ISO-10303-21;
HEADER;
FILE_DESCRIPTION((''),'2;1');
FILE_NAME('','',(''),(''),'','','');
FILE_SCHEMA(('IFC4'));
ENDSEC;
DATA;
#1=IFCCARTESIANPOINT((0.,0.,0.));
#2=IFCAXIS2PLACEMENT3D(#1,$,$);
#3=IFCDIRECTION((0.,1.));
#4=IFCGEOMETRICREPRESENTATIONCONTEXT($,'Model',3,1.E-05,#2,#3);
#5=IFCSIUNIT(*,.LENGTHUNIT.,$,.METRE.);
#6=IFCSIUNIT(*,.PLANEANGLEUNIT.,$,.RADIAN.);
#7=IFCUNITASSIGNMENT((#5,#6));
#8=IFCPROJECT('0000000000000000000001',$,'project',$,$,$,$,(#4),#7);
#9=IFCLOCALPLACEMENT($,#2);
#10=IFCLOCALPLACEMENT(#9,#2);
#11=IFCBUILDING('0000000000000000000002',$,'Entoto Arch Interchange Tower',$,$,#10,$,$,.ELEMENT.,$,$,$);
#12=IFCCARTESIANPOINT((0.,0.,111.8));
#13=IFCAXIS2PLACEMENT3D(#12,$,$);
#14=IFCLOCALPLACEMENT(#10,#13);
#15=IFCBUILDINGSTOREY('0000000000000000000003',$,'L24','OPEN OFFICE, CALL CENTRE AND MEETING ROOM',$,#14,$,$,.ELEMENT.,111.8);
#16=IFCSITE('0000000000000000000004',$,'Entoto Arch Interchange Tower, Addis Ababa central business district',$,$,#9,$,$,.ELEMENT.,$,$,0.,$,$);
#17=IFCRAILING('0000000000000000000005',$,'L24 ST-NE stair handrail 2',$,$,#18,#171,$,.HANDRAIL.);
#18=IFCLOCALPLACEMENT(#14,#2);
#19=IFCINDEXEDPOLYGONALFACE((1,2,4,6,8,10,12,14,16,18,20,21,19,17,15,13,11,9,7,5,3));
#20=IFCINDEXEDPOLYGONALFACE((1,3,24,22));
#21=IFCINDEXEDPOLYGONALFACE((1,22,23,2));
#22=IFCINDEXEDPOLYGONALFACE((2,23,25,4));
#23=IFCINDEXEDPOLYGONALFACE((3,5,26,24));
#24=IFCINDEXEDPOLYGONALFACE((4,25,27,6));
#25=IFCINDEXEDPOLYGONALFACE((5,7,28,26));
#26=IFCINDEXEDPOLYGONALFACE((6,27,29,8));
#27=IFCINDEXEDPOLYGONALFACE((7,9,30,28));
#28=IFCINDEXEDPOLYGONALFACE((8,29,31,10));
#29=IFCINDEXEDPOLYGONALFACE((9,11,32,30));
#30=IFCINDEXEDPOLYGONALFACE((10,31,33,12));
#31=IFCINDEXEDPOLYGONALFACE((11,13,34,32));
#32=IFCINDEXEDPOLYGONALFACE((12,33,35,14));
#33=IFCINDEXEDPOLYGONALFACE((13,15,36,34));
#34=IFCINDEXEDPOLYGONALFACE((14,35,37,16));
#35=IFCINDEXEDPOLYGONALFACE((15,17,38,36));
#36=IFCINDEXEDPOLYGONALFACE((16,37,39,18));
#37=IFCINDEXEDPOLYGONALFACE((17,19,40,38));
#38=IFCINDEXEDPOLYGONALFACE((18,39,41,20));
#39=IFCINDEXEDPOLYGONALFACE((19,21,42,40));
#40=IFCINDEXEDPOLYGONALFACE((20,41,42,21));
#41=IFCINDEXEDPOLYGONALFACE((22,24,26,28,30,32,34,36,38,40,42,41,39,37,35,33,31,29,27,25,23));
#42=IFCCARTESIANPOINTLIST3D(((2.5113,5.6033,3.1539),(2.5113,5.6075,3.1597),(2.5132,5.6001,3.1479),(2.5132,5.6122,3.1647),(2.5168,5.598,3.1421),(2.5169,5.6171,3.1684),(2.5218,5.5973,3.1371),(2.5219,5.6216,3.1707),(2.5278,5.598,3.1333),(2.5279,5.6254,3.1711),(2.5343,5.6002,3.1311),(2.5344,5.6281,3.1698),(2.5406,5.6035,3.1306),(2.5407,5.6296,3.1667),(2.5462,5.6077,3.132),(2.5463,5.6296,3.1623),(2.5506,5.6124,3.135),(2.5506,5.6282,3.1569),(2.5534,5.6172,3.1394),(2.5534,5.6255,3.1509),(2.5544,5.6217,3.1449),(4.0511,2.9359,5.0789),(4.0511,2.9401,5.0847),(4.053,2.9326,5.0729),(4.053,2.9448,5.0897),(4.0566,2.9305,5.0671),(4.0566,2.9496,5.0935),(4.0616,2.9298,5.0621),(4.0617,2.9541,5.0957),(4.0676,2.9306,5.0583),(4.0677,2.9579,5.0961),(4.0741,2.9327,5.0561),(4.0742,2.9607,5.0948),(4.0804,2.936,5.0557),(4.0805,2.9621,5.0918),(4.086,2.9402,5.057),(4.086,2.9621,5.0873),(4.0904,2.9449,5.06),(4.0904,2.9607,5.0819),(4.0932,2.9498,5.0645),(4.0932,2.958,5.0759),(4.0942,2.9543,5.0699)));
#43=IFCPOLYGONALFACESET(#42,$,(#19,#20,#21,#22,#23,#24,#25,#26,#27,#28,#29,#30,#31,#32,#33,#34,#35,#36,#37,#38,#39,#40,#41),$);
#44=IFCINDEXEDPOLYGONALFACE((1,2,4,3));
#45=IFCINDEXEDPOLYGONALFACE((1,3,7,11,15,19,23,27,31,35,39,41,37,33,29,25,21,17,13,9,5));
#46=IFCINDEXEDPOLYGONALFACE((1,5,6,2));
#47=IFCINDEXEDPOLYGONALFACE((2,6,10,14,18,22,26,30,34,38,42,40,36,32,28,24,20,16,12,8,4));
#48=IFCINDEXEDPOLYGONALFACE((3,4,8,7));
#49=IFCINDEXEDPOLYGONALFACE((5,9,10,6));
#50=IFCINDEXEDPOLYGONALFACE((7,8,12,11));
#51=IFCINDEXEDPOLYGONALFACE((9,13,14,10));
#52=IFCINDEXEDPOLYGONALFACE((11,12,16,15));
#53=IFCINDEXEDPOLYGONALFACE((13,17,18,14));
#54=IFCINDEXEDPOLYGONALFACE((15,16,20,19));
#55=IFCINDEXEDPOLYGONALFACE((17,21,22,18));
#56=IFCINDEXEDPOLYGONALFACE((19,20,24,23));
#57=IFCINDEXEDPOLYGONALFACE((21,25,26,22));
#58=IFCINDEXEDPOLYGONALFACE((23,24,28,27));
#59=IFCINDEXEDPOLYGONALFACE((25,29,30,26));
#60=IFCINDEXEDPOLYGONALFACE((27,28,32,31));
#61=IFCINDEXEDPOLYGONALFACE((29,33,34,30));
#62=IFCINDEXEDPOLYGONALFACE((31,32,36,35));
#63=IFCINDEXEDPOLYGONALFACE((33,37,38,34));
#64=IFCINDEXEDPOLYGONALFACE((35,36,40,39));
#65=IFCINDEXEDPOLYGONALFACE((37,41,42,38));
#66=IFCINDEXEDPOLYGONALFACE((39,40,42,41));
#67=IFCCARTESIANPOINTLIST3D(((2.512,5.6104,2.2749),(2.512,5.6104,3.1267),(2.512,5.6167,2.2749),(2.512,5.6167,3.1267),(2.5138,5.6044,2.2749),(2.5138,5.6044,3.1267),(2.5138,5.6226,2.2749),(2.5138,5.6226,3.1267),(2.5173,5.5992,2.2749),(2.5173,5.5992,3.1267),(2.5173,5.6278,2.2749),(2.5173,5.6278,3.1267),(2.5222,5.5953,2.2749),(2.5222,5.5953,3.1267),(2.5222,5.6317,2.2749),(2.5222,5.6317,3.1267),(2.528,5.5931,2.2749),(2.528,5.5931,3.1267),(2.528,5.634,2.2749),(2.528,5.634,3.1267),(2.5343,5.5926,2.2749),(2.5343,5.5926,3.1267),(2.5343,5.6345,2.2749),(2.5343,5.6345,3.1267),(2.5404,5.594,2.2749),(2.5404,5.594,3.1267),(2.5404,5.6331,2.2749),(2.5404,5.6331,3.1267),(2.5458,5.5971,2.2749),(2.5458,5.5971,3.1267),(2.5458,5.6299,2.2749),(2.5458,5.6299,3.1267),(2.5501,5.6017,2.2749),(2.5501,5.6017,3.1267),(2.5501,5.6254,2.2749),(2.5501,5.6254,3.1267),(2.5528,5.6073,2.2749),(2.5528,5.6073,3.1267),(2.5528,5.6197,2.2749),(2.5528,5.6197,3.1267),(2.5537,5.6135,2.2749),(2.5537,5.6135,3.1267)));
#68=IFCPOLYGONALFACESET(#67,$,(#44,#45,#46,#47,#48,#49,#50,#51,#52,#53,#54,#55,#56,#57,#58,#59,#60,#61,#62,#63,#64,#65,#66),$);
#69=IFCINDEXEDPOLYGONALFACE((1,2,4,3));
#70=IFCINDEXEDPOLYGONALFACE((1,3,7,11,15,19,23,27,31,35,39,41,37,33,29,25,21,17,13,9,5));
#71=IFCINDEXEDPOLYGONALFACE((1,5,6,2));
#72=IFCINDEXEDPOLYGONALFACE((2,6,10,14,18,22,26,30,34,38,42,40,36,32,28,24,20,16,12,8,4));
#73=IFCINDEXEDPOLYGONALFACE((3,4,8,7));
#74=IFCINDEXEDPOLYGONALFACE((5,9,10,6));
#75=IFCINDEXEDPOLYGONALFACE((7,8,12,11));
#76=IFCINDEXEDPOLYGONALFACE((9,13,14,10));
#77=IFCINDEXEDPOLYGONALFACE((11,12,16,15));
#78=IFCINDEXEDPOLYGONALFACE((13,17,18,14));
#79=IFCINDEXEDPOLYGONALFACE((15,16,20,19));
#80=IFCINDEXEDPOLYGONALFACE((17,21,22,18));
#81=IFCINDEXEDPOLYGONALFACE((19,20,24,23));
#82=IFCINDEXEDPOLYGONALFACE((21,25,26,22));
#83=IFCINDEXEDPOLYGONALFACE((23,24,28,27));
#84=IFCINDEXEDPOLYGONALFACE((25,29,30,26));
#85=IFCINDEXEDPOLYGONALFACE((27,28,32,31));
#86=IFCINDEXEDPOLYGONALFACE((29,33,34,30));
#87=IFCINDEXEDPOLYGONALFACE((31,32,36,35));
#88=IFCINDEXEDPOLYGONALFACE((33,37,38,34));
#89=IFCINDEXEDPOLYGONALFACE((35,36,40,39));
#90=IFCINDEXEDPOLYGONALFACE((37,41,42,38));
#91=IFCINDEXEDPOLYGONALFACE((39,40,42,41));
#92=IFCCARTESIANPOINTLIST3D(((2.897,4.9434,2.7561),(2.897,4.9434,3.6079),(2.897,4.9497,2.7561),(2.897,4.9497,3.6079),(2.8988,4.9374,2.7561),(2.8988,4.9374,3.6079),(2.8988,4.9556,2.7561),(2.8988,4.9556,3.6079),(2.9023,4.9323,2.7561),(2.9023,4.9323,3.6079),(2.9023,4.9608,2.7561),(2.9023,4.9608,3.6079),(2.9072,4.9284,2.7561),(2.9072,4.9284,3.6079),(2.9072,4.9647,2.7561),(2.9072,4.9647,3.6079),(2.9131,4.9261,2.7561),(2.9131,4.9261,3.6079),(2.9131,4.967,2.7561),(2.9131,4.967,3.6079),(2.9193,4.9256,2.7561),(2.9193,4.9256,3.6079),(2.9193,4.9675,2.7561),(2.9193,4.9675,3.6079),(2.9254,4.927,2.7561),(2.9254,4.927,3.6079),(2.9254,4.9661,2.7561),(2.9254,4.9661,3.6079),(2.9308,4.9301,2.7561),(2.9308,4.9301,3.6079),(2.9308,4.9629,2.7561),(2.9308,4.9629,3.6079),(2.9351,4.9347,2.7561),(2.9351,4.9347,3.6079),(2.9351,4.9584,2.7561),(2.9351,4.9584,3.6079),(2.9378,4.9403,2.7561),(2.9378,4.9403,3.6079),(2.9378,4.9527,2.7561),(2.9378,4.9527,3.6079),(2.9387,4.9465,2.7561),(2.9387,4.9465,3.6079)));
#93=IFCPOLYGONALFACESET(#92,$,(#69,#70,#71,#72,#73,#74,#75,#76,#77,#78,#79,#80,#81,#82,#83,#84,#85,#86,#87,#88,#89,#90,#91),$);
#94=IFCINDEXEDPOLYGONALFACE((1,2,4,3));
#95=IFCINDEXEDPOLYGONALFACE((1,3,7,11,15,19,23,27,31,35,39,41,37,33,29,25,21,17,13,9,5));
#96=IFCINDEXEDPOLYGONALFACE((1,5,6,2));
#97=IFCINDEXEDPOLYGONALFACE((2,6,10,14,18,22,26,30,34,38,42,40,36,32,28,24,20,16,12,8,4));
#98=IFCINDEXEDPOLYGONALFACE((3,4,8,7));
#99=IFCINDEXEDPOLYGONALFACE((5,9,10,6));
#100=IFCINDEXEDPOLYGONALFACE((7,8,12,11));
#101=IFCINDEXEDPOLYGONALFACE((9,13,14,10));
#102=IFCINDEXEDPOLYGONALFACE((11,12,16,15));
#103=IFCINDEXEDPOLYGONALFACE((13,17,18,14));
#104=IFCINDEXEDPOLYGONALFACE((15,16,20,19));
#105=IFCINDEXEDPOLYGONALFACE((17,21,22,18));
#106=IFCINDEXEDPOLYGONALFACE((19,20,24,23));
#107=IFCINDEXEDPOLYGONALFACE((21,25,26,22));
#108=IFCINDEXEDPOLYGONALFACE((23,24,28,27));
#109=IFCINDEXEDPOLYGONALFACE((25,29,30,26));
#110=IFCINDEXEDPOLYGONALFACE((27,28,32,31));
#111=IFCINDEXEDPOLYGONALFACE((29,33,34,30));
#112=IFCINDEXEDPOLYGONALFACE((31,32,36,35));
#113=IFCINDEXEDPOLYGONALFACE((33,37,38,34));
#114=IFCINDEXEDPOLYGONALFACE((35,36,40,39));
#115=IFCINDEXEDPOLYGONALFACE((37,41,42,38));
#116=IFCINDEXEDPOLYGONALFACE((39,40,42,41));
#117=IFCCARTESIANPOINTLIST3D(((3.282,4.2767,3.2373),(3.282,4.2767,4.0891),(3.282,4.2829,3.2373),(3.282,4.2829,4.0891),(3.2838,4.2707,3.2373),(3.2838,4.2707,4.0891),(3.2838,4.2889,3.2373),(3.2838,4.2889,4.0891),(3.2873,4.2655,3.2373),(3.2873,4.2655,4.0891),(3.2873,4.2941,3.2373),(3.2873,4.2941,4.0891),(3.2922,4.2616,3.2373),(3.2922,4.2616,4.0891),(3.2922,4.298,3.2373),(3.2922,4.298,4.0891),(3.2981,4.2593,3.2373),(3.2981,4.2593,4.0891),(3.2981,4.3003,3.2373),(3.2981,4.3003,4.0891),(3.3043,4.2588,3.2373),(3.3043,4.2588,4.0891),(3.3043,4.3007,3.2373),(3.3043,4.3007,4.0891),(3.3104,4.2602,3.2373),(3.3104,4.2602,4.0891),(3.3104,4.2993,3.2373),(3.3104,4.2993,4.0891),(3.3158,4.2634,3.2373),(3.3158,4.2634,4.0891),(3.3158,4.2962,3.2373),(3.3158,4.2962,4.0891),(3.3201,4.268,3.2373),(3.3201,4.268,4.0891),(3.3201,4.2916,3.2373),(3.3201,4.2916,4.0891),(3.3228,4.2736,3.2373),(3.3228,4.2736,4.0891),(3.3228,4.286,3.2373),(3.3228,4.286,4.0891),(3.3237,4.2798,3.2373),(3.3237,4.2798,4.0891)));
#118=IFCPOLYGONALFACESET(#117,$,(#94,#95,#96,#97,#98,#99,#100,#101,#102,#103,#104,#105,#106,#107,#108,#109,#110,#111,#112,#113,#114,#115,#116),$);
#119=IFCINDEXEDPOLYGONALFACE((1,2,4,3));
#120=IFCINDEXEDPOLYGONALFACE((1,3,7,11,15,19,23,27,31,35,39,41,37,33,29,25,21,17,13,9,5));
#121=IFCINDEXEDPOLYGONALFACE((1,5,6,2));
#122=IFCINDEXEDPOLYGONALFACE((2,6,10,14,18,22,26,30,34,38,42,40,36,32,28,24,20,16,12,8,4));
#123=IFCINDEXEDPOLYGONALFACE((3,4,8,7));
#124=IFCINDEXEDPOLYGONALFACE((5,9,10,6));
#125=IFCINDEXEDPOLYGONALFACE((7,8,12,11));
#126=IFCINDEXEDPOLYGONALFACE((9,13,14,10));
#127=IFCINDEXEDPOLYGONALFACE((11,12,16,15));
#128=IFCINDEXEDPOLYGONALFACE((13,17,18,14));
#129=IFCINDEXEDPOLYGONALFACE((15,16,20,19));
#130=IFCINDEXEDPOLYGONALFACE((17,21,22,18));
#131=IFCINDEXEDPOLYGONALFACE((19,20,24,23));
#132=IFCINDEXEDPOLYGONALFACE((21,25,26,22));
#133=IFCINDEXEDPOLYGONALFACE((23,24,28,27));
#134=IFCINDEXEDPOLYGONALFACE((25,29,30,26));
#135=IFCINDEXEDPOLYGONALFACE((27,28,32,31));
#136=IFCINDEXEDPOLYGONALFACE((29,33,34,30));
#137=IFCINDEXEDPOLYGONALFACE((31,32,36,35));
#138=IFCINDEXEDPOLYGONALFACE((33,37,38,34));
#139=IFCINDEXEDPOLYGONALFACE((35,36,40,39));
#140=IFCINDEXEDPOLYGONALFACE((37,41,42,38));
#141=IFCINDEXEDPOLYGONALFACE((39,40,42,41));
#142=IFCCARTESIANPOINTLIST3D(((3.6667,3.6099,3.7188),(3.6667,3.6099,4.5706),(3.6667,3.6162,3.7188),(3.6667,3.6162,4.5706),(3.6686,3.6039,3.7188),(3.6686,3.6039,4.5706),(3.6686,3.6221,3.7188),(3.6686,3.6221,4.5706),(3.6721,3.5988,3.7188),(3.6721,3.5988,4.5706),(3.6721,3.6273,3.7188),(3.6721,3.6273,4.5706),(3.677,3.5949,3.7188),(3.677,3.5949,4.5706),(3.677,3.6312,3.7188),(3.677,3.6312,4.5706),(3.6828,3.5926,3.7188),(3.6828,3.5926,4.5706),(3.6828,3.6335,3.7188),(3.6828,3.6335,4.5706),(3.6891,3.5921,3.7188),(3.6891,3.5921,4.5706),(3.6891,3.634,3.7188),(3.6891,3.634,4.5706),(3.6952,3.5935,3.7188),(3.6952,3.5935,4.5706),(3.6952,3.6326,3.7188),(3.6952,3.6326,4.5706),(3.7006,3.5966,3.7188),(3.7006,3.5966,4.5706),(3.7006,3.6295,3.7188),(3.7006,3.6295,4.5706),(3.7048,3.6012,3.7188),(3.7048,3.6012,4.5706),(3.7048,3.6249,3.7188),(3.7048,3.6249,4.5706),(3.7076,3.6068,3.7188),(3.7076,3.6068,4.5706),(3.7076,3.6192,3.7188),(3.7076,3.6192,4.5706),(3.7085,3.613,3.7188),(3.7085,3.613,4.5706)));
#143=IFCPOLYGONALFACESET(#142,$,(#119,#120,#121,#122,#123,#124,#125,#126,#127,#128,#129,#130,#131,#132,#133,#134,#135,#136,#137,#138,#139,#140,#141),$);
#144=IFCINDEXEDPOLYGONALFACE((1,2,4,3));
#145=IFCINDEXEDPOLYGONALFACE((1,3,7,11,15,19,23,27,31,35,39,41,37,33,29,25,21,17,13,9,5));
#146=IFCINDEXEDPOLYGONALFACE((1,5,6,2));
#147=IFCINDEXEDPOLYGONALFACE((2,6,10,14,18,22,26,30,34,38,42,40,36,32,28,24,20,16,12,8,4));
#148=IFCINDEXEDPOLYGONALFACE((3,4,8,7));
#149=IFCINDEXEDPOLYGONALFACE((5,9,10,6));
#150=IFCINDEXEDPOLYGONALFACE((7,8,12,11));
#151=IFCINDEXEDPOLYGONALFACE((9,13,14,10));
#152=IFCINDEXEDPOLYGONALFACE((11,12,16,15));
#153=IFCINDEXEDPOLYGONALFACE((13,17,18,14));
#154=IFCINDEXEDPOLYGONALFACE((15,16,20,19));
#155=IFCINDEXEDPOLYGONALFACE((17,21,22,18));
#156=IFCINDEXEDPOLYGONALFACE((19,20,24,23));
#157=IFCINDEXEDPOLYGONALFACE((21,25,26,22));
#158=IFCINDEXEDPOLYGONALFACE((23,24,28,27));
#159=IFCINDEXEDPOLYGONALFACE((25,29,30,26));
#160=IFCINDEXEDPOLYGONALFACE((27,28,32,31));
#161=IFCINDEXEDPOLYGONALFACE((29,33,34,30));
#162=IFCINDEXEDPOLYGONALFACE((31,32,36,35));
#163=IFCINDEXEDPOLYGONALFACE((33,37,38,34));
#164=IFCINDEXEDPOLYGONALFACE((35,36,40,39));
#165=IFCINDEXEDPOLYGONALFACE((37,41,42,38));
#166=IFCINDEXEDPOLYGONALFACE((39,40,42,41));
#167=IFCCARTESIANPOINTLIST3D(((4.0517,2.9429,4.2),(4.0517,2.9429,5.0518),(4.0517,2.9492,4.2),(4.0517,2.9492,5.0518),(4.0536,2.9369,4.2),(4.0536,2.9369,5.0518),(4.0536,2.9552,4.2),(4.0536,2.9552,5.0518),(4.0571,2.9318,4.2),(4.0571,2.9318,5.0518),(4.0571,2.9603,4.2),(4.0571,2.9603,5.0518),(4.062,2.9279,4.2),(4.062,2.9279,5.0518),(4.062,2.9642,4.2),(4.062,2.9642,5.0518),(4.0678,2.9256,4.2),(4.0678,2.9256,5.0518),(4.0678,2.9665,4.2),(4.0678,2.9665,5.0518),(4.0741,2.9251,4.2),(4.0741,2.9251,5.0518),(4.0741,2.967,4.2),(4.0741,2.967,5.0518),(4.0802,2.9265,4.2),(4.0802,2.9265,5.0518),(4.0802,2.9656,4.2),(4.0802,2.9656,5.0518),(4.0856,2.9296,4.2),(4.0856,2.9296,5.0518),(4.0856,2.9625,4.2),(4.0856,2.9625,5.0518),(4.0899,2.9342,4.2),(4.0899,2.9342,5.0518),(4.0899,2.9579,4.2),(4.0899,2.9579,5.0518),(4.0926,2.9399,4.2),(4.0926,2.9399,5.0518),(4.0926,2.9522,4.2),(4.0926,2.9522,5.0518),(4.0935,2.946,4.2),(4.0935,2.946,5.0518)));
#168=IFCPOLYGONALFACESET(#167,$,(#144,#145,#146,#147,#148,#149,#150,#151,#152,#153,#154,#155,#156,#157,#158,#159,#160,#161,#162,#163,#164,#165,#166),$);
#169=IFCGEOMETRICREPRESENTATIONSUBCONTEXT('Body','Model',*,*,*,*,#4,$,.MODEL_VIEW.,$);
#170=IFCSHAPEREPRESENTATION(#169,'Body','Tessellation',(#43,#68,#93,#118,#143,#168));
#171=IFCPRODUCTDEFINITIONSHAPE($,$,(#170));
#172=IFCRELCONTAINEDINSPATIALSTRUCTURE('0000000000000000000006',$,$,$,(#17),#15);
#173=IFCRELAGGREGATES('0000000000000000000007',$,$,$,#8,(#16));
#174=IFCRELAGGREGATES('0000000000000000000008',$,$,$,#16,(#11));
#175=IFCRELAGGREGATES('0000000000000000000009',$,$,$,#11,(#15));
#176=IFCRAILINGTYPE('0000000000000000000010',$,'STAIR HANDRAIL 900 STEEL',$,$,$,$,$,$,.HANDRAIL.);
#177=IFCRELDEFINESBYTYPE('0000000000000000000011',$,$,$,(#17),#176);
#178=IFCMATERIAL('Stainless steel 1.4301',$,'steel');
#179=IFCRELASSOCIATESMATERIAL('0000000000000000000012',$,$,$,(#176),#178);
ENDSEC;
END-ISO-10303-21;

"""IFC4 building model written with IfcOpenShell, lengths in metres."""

from ifc_helpers import new_model, si_unit, direction, frame, origin, origin_2d, place, context, subcontext, project, spatial, circle, extrude, material, type_object, element, save


model = new_model("IFC4")

# Units and contexts
model_context = context("Model", 3, precision=1e-05, world=origin(), true_north=direction((0.0, 1.0)))
body_context = subcontext(model_context, "Body", "Model", "MODEL_VIEW")
ifc_project = project(units=[si_unit("LENGTHUNIT", "METRE"), si_unit("PLANEANGLEUNIT", "RADIAN")], contexts=[model_context])

# Site, building, storey
site_placement = place(None, origin())
site = spatial("IfcSite", under=ifc_project, at=site_placement, Name="Entoto Arch Interchange Tower, Addis Ababa central business district", CompositionType="ELEMENT", RefElevation=0.0)
building_placement = place(site_placement, origin())
building = spatial("IfcBuilding", under=site, at=building_placement, Name="Entoto Arch Interchange Tower", CompositionType="ELEMENT")
storey_placement = place(building_placement, frame((0.0, 0.0, 111.8)))
storey = spatial("IfcBuildingStorey", under=building, at=storey_placement, Name="L24", Description="OPEN OFFICE, CALL CENTRE AND MEETING ROOM", CompositionType="ELEMENT", Elevation=111.8)

# Railing
ifc_material_1 = material(Name="Stainless steel 1.4301", Category="steel")
railing_type_1 = type_object("IfcRailingType", Name="STAIR HANDRAIL 900 STEEL", PredefinedType="HANDRAIL", material=ifc_material_1)
railing_1_placement = place(storey_placement, frame((2.5327, 5.6135, 2.2749)))
element("IfcRailing", 1, at=railing_1_placement, inside=storey, type_object=railing_type_1, Name="L24 ST-NE stair handrail 2", PredefinedType="HANDRAIL", context=body_context, shape_type="SweptSolid", body=[
    extrude(circle(Radius=0.0239, at=origin_2d()), frame((0.0, 0.0, 0.876), z_axis=(0.423939, -0.734416, 0.530008), x_axis=(0.866064, 0.499933, 0.0)), (0.0, 0.0, 1.0), 3.6321),
    extrude(circle(Radius=0.021, at=origin_2d()), origin(), (0.0, 0.0, 1.0), 0.8518),
    extrude(circle(Radius=0.021, at=origin_2d()), frame((0.385, -0.667, 0.4812)), (0.0, 0.0, 1.0), 0.8518),
    extrude(circle(Radius=0.021, at=origin_2d()), frame((0.77, -1.3337, 0.9624)), (0.0, 0.0, 1.0), 0.8518),
    extrude(circle(Radius=0.021, at=origin_2d()), frame((1.1548, -2.0005, 1.4438)), (0.0, 0.0, 1.0), 0.8518),
    extrude(circle(Radius=0.021, at=origin_2d()), frame((1.5398, -2.6675, 1.925)), (0.0, 0.0, 1.0), 0.8518),
])

save(model, "model.ifc")
